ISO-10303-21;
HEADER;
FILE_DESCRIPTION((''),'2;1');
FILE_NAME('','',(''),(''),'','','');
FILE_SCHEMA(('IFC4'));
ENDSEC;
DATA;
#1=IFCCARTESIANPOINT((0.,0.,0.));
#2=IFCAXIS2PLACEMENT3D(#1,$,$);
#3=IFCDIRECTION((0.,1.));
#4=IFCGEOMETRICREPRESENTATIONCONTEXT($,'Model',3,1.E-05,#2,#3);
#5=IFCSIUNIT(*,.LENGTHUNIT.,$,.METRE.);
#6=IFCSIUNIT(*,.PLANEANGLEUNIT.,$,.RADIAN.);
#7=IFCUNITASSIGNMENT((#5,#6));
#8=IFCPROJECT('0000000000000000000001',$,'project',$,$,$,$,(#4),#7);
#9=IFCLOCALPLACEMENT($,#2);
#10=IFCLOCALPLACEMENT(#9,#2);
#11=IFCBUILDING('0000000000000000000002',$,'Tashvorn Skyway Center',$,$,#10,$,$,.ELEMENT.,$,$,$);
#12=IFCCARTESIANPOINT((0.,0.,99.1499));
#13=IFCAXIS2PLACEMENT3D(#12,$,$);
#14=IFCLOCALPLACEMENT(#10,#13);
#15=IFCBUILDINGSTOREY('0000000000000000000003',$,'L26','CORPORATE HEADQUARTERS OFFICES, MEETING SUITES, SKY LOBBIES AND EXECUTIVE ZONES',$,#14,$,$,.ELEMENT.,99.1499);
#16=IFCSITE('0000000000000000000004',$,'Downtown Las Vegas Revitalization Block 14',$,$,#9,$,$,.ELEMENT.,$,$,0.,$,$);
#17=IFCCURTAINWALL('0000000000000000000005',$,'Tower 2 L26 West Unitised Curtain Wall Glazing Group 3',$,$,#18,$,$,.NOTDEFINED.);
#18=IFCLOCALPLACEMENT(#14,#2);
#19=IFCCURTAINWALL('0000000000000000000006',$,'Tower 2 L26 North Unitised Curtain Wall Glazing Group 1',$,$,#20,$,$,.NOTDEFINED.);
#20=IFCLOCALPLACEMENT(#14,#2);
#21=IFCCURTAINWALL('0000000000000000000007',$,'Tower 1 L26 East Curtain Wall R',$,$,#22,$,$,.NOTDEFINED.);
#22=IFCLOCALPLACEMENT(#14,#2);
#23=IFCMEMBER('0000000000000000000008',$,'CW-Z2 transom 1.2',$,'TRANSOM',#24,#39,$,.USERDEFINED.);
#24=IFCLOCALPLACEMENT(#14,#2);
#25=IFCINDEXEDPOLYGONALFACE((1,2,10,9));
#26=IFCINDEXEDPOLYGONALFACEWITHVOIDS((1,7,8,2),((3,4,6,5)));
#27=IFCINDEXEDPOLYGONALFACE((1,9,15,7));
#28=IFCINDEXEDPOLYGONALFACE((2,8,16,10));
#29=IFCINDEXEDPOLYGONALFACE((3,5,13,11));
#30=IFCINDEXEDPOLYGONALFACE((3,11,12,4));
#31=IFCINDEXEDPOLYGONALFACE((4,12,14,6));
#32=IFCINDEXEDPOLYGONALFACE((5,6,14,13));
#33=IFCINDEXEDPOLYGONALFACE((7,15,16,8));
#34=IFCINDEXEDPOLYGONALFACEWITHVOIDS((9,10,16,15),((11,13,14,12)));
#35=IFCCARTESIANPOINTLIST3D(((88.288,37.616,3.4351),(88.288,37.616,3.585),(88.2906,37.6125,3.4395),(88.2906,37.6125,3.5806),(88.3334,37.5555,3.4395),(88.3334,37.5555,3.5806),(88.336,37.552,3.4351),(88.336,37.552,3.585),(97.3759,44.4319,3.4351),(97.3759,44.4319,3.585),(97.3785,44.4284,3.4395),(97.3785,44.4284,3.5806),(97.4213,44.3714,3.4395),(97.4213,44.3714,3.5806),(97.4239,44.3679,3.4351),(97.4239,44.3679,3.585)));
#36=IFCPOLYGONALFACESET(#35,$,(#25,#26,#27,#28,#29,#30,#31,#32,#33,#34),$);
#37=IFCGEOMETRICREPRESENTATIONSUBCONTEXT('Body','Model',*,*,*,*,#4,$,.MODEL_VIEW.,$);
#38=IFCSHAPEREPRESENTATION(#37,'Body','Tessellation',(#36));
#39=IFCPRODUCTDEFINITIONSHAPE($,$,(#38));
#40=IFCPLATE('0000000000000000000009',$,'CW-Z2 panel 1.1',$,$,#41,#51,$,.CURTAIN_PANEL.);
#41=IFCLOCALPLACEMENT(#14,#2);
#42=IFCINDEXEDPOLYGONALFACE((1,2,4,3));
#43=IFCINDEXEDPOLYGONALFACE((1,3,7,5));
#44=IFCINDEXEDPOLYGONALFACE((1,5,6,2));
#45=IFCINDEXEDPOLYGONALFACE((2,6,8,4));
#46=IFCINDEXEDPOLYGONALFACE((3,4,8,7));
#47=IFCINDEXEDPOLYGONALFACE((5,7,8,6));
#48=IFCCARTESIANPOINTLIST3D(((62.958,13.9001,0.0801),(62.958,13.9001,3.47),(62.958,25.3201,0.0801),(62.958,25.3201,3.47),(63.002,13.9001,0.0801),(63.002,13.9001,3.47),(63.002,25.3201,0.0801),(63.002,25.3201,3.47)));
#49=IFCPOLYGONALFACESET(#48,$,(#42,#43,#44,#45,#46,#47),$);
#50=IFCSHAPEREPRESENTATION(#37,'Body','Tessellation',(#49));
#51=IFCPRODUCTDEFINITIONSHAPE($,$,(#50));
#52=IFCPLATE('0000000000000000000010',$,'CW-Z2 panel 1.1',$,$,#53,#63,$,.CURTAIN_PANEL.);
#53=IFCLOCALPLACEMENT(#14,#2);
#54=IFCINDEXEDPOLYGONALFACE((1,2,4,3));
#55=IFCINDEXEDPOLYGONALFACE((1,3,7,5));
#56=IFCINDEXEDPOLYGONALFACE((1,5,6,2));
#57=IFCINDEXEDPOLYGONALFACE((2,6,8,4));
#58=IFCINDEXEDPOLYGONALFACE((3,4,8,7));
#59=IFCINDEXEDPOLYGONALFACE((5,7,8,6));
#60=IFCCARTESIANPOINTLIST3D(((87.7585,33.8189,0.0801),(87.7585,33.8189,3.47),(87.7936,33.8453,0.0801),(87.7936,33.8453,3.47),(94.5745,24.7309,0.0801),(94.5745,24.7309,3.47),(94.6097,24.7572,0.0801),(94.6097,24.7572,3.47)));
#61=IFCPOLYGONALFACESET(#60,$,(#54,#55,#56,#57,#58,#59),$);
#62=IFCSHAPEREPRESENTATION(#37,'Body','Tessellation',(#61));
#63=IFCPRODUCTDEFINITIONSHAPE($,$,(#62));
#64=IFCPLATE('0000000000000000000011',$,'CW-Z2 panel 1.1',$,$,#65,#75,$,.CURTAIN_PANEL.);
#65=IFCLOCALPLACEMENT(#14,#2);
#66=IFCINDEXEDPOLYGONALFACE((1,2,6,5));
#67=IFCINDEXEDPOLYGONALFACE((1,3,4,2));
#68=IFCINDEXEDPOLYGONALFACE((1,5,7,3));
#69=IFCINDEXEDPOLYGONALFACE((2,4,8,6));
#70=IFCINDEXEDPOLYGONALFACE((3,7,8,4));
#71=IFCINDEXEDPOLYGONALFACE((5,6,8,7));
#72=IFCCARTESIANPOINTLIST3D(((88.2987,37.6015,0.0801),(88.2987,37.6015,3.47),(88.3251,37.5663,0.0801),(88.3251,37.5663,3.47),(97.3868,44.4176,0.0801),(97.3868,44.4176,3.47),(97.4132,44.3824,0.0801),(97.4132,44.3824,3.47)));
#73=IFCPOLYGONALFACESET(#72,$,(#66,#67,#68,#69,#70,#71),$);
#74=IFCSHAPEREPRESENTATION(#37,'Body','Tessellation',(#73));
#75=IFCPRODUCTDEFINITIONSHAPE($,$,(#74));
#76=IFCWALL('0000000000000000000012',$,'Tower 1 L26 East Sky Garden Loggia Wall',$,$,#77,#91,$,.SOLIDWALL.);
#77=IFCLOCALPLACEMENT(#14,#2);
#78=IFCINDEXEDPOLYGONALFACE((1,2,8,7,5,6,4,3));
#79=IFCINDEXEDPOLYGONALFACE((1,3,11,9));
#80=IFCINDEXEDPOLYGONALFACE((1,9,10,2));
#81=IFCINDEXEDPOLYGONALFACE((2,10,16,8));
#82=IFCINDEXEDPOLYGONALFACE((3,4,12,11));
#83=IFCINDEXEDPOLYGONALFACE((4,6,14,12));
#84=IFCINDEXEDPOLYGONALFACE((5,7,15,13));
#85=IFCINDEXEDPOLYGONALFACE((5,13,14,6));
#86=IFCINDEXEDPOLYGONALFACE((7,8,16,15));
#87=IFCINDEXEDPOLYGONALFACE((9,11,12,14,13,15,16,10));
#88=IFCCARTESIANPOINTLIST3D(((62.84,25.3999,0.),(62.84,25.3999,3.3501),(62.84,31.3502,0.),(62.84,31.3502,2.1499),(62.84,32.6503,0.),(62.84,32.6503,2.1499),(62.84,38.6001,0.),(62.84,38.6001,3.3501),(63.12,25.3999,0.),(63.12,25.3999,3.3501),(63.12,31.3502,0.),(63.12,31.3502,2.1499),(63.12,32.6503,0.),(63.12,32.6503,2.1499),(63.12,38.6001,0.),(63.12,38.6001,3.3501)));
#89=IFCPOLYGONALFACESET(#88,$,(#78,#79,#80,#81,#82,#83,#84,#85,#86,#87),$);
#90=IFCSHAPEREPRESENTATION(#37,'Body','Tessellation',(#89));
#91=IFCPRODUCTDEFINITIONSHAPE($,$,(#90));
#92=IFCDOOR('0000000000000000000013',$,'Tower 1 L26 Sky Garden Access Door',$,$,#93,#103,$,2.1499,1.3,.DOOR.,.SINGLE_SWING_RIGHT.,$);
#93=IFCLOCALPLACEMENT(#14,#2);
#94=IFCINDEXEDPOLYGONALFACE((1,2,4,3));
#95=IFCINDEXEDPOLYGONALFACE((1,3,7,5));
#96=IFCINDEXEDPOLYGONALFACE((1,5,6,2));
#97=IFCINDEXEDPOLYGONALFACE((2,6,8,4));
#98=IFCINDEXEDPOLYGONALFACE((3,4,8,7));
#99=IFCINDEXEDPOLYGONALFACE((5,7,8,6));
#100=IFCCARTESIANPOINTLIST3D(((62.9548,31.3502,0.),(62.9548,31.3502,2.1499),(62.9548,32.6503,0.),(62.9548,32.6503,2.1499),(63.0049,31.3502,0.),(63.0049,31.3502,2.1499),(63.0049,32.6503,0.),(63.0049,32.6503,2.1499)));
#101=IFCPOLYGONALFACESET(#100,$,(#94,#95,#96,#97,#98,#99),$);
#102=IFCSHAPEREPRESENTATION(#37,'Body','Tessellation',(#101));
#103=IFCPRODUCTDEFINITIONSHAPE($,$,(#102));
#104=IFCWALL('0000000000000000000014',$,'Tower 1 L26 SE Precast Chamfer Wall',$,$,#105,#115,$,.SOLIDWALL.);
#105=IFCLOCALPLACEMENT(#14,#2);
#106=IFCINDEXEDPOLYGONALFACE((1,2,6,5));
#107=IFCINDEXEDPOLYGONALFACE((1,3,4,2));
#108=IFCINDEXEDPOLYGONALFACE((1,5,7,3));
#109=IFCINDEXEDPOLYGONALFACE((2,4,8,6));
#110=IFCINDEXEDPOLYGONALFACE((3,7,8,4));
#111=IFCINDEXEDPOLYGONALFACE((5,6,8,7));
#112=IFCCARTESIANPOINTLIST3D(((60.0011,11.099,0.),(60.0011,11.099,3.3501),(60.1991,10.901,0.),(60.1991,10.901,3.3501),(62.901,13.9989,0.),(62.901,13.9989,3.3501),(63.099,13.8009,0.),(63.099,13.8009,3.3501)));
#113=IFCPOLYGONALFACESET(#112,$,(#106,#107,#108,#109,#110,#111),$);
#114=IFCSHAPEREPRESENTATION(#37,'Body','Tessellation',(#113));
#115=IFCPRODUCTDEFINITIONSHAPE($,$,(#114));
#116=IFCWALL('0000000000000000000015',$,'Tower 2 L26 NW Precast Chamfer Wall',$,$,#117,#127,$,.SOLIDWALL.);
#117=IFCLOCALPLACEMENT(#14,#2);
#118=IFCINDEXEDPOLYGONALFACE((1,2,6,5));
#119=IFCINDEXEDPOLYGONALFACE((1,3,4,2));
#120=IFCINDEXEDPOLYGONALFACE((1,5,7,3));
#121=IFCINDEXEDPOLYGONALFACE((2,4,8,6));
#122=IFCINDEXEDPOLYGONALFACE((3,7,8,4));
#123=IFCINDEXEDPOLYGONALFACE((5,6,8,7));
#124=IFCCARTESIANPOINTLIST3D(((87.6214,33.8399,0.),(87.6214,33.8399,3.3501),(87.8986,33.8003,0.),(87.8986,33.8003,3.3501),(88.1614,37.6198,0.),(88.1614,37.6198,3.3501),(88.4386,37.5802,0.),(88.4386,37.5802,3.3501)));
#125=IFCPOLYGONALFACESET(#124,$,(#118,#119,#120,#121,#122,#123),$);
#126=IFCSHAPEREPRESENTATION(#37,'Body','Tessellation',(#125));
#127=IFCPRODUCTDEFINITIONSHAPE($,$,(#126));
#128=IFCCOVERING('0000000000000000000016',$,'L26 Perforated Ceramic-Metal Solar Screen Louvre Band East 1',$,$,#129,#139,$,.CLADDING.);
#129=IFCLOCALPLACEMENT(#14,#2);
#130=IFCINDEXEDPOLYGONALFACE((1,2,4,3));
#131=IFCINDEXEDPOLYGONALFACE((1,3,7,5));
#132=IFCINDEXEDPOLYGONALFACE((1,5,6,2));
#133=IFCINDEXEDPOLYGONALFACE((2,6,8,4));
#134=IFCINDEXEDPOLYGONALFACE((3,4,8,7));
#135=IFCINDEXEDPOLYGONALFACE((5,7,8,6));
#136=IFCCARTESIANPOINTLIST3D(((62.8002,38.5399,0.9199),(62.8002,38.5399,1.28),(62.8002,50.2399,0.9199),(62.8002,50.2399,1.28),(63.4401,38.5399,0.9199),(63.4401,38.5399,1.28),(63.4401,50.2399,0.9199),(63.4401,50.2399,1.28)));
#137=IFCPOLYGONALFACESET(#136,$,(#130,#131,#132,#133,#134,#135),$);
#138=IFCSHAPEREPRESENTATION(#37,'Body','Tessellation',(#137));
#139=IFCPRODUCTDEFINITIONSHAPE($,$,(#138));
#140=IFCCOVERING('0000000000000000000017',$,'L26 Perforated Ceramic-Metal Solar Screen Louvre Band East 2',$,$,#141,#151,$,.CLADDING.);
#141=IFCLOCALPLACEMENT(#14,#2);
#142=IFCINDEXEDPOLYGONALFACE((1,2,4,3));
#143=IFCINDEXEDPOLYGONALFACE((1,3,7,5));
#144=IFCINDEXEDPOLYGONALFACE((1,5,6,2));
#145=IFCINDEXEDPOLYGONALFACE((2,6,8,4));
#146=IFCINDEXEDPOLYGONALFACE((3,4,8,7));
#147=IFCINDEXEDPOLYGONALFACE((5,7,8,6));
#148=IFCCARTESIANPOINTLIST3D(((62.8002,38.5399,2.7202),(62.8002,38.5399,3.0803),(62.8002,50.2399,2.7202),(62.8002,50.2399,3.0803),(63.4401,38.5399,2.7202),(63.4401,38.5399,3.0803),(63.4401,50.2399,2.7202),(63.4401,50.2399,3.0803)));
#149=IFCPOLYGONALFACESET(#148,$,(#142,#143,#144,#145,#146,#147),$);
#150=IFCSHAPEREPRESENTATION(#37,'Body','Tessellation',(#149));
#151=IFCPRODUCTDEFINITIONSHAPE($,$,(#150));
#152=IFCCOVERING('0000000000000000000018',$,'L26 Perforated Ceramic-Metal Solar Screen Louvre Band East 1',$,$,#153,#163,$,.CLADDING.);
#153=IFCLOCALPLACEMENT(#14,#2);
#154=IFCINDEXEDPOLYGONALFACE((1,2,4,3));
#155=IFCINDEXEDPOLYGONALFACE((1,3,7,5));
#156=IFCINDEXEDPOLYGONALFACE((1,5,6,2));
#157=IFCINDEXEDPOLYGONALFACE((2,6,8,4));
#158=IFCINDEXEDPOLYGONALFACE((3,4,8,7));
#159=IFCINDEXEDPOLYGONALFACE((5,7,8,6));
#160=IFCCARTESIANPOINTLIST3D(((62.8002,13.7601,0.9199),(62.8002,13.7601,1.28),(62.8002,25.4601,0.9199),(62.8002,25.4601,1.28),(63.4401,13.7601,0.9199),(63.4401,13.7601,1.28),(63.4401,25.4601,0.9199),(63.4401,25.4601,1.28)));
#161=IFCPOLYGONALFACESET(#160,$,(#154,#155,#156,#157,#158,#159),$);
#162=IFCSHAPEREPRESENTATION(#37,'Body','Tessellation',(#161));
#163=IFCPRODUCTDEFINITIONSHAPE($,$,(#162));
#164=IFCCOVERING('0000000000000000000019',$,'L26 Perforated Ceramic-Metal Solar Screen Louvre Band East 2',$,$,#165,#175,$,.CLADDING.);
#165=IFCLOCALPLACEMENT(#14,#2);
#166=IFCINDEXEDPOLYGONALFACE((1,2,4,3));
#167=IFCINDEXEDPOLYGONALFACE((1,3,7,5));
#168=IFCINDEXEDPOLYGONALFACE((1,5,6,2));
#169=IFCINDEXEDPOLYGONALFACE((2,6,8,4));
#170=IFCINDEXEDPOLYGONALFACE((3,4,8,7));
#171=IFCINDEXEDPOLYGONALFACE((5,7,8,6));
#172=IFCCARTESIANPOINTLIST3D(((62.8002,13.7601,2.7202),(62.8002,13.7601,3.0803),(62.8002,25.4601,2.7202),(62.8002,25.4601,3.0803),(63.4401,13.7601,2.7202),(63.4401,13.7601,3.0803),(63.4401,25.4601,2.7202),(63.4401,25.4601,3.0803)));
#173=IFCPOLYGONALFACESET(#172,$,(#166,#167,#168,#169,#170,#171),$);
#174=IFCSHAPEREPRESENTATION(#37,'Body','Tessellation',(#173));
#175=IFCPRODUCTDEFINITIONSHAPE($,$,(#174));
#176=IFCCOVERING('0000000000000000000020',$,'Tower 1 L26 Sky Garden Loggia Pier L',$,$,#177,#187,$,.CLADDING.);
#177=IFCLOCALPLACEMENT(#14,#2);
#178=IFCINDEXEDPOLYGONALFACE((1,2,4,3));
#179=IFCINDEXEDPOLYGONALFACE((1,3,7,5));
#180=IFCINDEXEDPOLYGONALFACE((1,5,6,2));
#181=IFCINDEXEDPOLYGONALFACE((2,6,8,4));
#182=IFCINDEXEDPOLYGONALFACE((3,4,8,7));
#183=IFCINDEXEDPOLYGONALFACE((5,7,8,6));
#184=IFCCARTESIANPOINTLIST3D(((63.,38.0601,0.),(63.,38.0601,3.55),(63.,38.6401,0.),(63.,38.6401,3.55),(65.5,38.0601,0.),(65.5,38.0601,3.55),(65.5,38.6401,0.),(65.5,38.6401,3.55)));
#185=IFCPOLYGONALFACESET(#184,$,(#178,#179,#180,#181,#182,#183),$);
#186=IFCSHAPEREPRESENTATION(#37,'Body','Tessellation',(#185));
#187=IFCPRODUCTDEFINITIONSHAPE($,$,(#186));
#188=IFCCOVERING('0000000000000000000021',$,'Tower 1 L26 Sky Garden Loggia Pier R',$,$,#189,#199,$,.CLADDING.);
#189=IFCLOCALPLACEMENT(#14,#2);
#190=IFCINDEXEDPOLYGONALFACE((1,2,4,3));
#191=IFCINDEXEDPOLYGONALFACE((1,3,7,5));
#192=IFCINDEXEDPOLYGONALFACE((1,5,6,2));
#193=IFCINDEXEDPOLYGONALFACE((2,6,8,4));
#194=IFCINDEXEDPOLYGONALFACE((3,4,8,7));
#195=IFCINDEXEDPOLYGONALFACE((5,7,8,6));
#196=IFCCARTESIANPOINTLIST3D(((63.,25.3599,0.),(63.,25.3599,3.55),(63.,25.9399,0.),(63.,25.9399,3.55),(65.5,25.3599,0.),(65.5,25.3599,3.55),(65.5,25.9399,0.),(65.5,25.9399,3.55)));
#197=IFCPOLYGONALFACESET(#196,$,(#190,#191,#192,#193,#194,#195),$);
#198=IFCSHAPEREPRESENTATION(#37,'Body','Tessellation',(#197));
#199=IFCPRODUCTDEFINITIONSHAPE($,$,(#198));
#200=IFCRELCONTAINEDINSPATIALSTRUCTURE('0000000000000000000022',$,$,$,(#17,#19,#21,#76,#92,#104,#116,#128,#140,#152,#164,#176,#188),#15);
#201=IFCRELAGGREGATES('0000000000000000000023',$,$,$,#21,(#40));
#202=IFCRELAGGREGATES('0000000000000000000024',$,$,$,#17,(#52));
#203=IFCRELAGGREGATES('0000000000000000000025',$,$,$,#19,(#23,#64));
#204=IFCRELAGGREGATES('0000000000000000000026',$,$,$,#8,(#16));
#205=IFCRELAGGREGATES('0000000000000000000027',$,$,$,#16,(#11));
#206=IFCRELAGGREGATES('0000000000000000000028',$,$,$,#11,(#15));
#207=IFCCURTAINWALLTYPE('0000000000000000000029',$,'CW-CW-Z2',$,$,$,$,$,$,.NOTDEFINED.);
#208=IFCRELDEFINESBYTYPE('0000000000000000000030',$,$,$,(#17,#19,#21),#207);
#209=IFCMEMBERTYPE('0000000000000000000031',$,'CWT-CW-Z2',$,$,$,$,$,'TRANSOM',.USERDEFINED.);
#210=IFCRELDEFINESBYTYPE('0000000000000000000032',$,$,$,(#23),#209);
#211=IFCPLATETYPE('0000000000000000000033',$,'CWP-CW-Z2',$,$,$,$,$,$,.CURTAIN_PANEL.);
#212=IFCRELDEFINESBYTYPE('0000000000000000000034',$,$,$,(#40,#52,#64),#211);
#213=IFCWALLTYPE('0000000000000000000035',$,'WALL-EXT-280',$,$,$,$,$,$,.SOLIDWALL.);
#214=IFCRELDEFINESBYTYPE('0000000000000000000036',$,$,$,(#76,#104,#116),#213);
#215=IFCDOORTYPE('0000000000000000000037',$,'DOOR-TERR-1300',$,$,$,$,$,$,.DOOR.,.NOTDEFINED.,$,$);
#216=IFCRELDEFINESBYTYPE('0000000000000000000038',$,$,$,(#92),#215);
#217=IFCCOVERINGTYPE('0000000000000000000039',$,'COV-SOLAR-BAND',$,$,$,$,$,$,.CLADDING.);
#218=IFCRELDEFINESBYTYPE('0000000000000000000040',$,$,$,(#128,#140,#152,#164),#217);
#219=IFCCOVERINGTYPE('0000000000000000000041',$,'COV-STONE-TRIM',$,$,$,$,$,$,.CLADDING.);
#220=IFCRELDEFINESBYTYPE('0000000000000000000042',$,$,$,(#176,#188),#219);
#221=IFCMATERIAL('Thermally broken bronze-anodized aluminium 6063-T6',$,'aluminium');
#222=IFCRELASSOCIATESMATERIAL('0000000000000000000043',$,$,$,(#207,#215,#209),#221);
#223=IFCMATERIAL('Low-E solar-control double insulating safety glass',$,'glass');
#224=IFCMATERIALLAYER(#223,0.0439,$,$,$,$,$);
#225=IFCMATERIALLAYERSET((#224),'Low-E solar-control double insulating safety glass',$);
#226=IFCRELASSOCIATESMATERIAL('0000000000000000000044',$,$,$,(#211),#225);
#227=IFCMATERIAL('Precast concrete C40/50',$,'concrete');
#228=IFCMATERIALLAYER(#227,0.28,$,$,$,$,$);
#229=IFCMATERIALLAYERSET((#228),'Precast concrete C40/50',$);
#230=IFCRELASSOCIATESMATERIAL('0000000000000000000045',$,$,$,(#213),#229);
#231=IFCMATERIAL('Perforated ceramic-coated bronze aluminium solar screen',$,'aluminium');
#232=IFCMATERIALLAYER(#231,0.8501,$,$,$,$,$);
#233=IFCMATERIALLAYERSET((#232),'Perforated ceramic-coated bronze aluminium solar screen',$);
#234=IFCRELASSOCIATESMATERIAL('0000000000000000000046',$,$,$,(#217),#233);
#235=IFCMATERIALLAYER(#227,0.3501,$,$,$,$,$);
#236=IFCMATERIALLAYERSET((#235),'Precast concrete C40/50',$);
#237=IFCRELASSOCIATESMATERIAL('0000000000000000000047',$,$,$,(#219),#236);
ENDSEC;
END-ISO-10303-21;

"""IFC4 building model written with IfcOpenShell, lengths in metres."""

from ifc_helpers import new_model, si_unit, direction, frame, frame_2d, origin, origin_2d, place, context, subcontext, project, spatial, rectangle, hollow_rectangle, extrude, material, layer, layer_set, material_profile, profile_set, type_object, element, fill, aggregate, save


model = new_model("IFC4")

# Units and contexts
model_context = context("Model", 3, precision=1e-05, world=origin(), true_north=direction((0.0, 1.0)))
body_context = subcontext(model_context, "Body", "Model", "MODEL_VIEW")
ifc_project = project(units=[si_unit("LENGTHUNIT", "METRE"), si_unit("PLANEANGLEUNIT", "RADIAN")], contexts=[model_context])

# Site, building, storey
site_placement = place(None, origin())
site = spatial("IfcSite", under=ifc_project, at=site_placement, Name="Downtown Las Vegas Revitalization Block 14", CompositionType="ELEMENT", RefElevation=0.0)
building_placement = place(site_placement, origin())
building = spatial("IfcBuilding", under=site, at=building_placement, Name="Tashvorn Skyway Center", CompositionType="ELEMENT")
storey_placement = place(building_placement, frame((0.0, 0.0, 99.1499)))
storey = spatial("IfcBuildingStorey", under=building, at=storey_placement, Name="L26", Description="CORPORATE HEADQUARTERS OFFICES, MEETING SUITES, SKY LOBBIES AND EXECUTIVE ZONES", CompositionType="ELEMENT", Elevation=99.1499)

# Curtain walls
ifc_material_1 = material(Name="Thermally broken bronze-anodized aluminium 6063-T6", Category="aluminium")
curtain_wall_type = type_object("IfcCurtainWallType", Name="CW-CW-Z2", PredefinedType="NOTDEFINED", material=ifc_material_1)
curtain_wall_1_placement = place(storey_placement, origin())
curtain_wall_1 = element("IfcCurtainWall", 1, at=curtain_wall_1_placement, inside=storey, type_object=curtain_wall_type, Name="Tower 2 L26 West Unitised Curtain Wall Glazing Group 3", PredefinedType="NOTDEFINED")
curtain_wall_2_placement = place(storey_placement, origin())
curtain_wall_2 = element("IfcCurtainWall", 2, at=curtain_wall_2_placement, inside=storey, type_object=curtain_wall_type, Name="Tower 2 L26 North Unitised Curtain Wall Glazing Group 1", PredefinedType="NOTDEFINED")

# Curtain wall
curtain_wall_3_placement = place(storey_placement, origin())
curtain_wall_3 = element("IfcCurtainWall", 3, at=curtain_wall_3_placement, inside=storey, type_object=curtain_wall_type, Name="Tower 1 L26 East Curtain Wall R", PredefinedType="NOTDEFINED")
ifc_material_profile_1 = material_profile(ifc_material_1, hollow_rectangle(XDim=0.0801, YDim=0.1499, WallThickness=0.0044, at=origin_2d()), Name="ALU-TRAN-80x150")
ifc_profile_set_1 = profile_set([ifc_material_profile_1], Name="Thermally broken bronze-anodized aluminium 6063-T6")
member_type_1 = type_object("IfcMemberType", Name="CWT-CW-Z2", ElementType="TRANSOM", PredefinedType="USERDEFINED", material=ifc_profile_set_1)

# Member
member_1_placement = place(storey_placement, frame((88.312, 37.584, 3.51), z_axis=(0.8, 0.6, 0.0), x_axis=(-0.6, 0.8, 0.0)))
member_1 = element("IfcMember", 4, at=member_1_placement, type_object=member_type_1, Name="CW-Z2 transom 1.2", ObjectType="TRANSOM", PredefinedType="USERDEFINED", context=body_context, shape_type="SweptSolid", body=[
    extrude(hollow_rectangle(XDim=0.0801, YDim=0.1499, WallThickness=0.0044, at=origin_2d()), origin(), (0.0, 0.0, 1.0), 11.3599),
])

# Plates
ifc_material_2 = material(Name="Low-E solar-control double insulating safety glass", Category="glass")
ifc_layer_1 = layer(ifc_material_2, 0.0439)
ifc_layer_set_1 = layer_set([ifc_layer_1], Name="Low-E solar-control double insulating safety glass")
plate_type = type_object("IfcPlateType", Name="CWP-CW-Z2", PredefinedType="CURTAIN_PANEL", material=ifc_layer_set_1)
plate_1_placement = place(storey_placement, frame((62.98, 19.6101, 0.0801), z_axis=(0.0, 0.0, 1.0), x_axis=(0.0, -1.0, 0.0)))
plate_1 = element("IfcPlate", 5, at=plate_1_placement, type_object=plate_type, Name="CW-Z2 panel 1.1", PredefinedType="CURTAIN_PANEL", context=body_context, shape_type="SweptSolid", body=[
    extrude(rectangle(XDim=11.4199, YDim=0.0439, at=origin_2d()), origin(), (0.0, 0.0, 1.0), 3.3899),
])
aggregate(curtain_wall_3, [plate_1])
plate_2_placement = place(storey_placement, frame((91.1841, 29.2881, 0.0801), z_axis=(0.0, 0.0, 1.0), x_axis=(-0.6, 0.8, 0.0)))
plate_2 = element("IfcPlate", 6, at=plate_2_placement, type_object=plate_type, Name="CW-Z2 panel 1.1", PredefinedType="CURTAIN_PANEL", context=body_context, shape_type="SweptSolid", body=[
    extrude(rectangle(XDim=11.3601, YDim=0.0439, at=origin_2d()), origin(), (0.0, 0.0, 1.0), 3.3899),
])
aggregate(curtain_wall_1, [plate_2])
plate_3_placement = place(storey_placement, frame((92.856, 40.9919, 0.0801), z_axis=(0.0, 0.0, 1.0), x_axis=(0.8, 0.6, 0.0)))
plate_3 = element("IfcPlate", 7, at=plate_3_placement, type_object=plate_type, Name="CW-Z2 panel 1.1", PredefinedType="CURTAIN_PANEL", context=body_context, shape_type="SweptSolid", body=[
    extrude(rectangle(XDim=11.3601, YDim=0.0439, at=origin_2d()), origin(), (0.0, 0.0, 1.0), 3.3899),
])
aggregate(curtain_wall_2, [member_1, plate_3])

# Wall, opening, door
ifc_material_3 = material(Name="Precast concrete C40/50", Category="concrete")
ifc_layer_2 = layer(ifc_material_3, 0.28)
ifc_layer_set_2 = layer_set([ifc_layer_2], Name="Precast concrete C40/50")
wall_type = type_object("IfcWallType", Name="WALL-EXT-280", PredefinedType="SOLIDWALL", material=ifc_layer_set_2)
wall_1_placement = place(storey_placement, frame((62.98, 38.6001, 0.0), z_axis=(0.0, 0.0, 1.0), x_axis=(0.0, -1.0, 0.0)))
wall_1 = element("IfcWall", 8, at=wall_1_placement, inside=storey, type_object=wall_type, Name="Tower 1 L26 East Sky Garden Loggia Wall", PredefinedType="SOLIDWALL", context=body_context, shape_type="SweptSolid", body=[
    extrude(rectangle(XDim=13.2002, YDim=0.28, at=frame_2d((6.6001, 0.0))), origin(), (0.0, 0.0, 1.0), 3.3501),
])
opening_placement = place(wall_1_placement, frame((5.95, 0.0, 0.0)))
opening = element("IfcOpeningElement", 9, at=opening_placement, cuts=wall_1, PredefinedType="OPENING", context=body_context, shape_type="SweptSolid", body=[
    extrude(rectangle(XDim=1.3, YDim=2.1499, at=frame_2d((0.6499, 1.075))), frame((0.0, 0.1499, 0.0), z_axis=(0.0, -1.0, 0.0), x_axis=(1.0, 0.0, 0.0)), (0.0, 0.0, 1.0), 0.3),
])
door_type = type_object("IfcDoorType", Name="DOOR-TERR-1300", OperationType="NOTDEFINED", PredefinedType="DOOR", material=ifc_material_1)
door_placement = place(opening_placement, origin())
door = element("IfcDoor", 10, at=door_placement, inside=storey, type_object=door_type, Name="Tower 1 L26 Sky Garden Access Door", OperationType="SINGLE_SWING_RIGHT", OverallHeight=2.1499, OverallWidth=1.3, PredefinedType="DOOR", context=body_context, shape_type="SweptSolid", body=[
    extrude(rectangle(XDim=1.3, YDim=2.1499, at=frame_2d((0.6499, 1.075))), frame((0.0, 0.0249, 0.0), z_axis=(0.0, -1.0, 0.0), x_axis=(1.0, 0.0, 0.0)), (0.0, 0.0, 1.0), 0.05),
])
fill(opening, door)

# Walls
wall_2_placement = place(storey_placement, frame((63.0, 13.8999, 0.0), z_axis=(0.0, 0.0, 1.0), x_axis=(-0.707107, -0.707107, 0.0)))
element("IfcWall", 11, at=wall_2_placement, inside=storey, type_object=wall_type, Name="Tower 1 L26 SE Precast Chamfer Wall", PredefinedType="SOLIDWALL", context=body_context, shape_type="SweptSolid", body=[
    extrude(rectangle(XDim=4.1011, YDim=0.28, at=frame_2d((2.0505, 0.0))), origin(), (0.0, 0.0, 1.0), 3.3501),
])
wall_3_placement = place(storey_placement, frame((87.76, 33.8201, 0.0), z_axis=(0.0, 0.0, 1.0), x_axis=(0.14143, 0.989948, 0.0)))
element("IfcWall", 12, at=wall_3_placement, inside=storey, type_object=wall_type, Name="Tower 2 L26 NW Precast Chamfer Wall", PredefinedType="SOLIDWALL", context=body_context, shape_type="SweptSolid", body=[
    extrude(rectangle(XDim=3.8184, YDim=0.28, at=frame_2d((1.9092, 0.0))), origin(), (0.0, 0.0, 1.0), 3.3501),
])

# Coverings
ifc_material_4 = material(Name="Perforated ceramic-coated bronze aluminium solar screen", Category="aluminium")
ifc_layer_3 = layer(ifc_material_4, 0.8501)
ifc_layer_set_3 = layer_set([ifc_layer_3], Name="Perforated ceramic-coated bronze aluminium solar screen")
covering_type_1 = type_object("IfcCoveringType", Name="COV-SOLAR-BAND", PredefinedType="CLADDING", material=ifc_layer_set_3)
for number, where, z_axis, x_axis, name in (
    (13, (63.1201, 44.3899, 0.9199), (0.0, 0.0, 1.0), (0.0, -1.0, 0.0), "L26 Perforated Ceramic-Metal Solar Screen Louvre Band East 1"),
    (14, (63.1201, 44.3899, 2.7202), (0.0, 0.0, 1.0), (0.0, -1.0, 0.0), "L26 Perforated Ceramic-Metal Solar Screen Louvre Band East 2"),
    (15, (63.1201, 19.6101, 0.9199), (0.0, 0.0, 1.0), (0.0, -1.0, 0.0), "L26 Perforated Ceramic-Metal Solar Screen Louvre Band East 1"),
    (16, (63.1201, 19.6101, 2.7202), (0.0, 0.0, 1.0), (0.0, -1.0, 0.0), "L26 Perforated Ceramic-Metal Solar Screen Louvre Band East 2"),
):
    element("IfcCovering", number, at=place(storey_placement, frame(where, z_axis=z_axis, x_axis=x_axis)), inside=storey, type_object=covering_type_1, Name=name, PredefinedType="CLADDING", context=body_context, shape_type="SweptSolid", body=[
        extrude(rectangle(XDim=11.7, YDim=0.6399, at=origin_2d()), origin(), (0.0, 0.0, 1.0), 0.3601),
    ])
ifc_layer_4 = layer(ifc_material_3, 0.3501)
ifc_layer_set_4 = layer_set([ifc_layer_4], Name="Precast concrete C40/50")
covering_type_2 = type_object("IfcCoveringType", Name="COV-STONE-TRIM", PredefinedType="CLADDING", material=ifc_layer_set_4)
for number, where, z_axis, x_axis, name in (
    (17, (64.25, 38.3501, 0.0), (0.0, 0.0, 1.0), (0.0, -1.0, 0.0), "Tower 1 L26 Sky Garden Loggia Pier L"),
    (18, (64.25, 25.6499, 0.0), (0.0, 0.0, 1.0), (0.0, -1.0, 0.0), "Tower 1 L26 Sky Garden Loggia Pier R"),
):
    element("IfcCovering", number, at=place(storey_placement, frame(where, z_axis=z_axis, x_axis=x_axis)), inside=storey, type_object=covering_type_2, Name=name, PredefinedType="CLADDING", context=body_context, shape_type="SweptSolid", body=[
        extrude(rectangle(XDim=0.5801, YDim=2.5, at=origin_2d()), origin(), (0.0, 0.0, 1.0), 3.55),
    ])

save(model, "model.ifc")
